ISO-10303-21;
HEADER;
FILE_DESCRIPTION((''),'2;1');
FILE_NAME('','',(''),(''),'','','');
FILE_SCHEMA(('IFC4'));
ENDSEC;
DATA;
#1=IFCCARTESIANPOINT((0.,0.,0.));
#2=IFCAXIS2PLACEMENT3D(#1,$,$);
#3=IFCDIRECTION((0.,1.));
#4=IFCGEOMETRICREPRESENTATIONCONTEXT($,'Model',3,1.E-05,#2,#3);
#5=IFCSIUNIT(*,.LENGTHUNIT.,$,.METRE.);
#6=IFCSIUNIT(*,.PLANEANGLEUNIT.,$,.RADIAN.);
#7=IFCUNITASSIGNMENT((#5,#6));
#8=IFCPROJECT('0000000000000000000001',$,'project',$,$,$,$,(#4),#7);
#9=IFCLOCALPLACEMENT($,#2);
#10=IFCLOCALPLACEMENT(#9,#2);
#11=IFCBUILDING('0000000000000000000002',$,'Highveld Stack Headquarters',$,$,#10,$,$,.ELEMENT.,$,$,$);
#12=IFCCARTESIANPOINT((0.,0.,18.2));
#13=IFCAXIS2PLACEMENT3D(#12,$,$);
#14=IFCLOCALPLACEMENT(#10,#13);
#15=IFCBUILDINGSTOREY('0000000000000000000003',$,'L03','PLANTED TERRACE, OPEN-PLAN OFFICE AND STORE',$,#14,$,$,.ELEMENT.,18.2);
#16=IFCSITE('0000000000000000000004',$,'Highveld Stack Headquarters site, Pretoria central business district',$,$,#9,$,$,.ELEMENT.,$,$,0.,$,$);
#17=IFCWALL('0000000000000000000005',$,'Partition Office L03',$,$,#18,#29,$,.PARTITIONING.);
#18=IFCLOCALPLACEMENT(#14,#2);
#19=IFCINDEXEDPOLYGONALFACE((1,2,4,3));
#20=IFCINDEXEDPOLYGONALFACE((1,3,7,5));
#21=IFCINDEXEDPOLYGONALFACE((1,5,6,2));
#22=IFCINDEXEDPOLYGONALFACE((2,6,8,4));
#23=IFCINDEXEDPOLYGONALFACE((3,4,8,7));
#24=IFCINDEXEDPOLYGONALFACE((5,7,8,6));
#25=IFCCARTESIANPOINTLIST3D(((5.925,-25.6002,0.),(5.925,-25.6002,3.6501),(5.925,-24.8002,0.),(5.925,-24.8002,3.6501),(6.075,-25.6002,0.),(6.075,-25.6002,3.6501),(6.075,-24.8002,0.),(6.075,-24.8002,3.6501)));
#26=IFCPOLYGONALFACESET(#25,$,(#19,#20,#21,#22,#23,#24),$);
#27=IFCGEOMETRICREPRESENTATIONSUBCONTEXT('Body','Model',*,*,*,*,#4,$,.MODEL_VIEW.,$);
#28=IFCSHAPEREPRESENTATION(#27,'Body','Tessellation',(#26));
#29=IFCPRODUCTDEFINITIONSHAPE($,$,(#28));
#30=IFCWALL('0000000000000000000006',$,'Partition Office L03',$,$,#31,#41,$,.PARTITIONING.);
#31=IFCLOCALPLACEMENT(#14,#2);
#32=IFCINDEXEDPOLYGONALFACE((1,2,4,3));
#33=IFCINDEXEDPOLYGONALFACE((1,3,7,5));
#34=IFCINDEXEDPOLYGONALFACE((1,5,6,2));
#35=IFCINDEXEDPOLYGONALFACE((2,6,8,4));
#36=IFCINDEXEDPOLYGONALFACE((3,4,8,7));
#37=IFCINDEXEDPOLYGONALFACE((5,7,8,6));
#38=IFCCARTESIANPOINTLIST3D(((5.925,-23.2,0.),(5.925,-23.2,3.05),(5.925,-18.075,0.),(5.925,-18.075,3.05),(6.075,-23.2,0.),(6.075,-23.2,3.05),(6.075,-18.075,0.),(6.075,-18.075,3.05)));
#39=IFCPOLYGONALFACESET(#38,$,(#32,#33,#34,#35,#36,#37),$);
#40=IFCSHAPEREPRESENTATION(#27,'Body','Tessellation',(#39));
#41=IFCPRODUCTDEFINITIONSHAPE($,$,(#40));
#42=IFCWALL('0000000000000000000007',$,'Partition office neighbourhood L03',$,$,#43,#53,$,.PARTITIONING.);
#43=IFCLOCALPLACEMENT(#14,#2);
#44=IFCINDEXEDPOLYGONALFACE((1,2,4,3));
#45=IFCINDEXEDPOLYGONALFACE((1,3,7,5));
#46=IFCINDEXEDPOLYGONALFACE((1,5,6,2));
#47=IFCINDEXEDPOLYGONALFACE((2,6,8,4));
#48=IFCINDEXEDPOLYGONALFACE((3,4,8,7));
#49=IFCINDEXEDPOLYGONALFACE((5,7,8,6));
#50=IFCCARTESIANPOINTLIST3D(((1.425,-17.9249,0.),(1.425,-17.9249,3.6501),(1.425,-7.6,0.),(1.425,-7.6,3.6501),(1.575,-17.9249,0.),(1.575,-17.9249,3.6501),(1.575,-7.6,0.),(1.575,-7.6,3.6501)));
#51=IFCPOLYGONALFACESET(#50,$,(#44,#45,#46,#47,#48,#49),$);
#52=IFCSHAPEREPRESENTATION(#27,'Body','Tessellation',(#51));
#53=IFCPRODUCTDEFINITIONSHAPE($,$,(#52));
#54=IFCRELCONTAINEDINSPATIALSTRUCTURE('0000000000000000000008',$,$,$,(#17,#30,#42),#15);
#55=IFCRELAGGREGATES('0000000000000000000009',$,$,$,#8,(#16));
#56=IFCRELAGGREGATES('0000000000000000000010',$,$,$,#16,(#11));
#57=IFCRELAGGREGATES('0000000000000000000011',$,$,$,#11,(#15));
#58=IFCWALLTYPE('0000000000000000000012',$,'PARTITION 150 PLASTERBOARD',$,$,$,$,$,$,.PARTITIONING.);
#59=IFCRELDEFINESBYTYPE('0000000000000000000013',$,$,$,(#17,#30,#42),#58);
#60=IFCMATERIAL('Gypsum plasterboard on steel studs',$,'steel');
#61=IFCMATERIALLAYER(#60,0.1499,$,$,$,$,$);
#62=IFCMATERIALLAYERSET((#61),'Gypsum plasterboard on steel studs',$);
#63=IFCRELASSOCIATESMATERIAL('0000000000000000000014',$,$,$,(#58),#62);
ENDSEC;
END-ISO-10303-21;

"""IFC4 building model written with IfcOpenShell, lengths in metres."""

from ifc_helpers import new_model, si_unit, direction, frame, frame_2d, origin, place, context, subcontext, project, spatial, rectangle, extrude, material, layer, layer_set, type_object, element, save


model = new_model("IFC4")

# Units and contexts
model_context = context("Model", 3, precision=1e-05, world=origin(), true_north=direction((0.0, 1.0)))
body_context = subcontext(model_context, "Body", "Model", "MODEL_VIEW")
ifc_project = project(units=[si_unit("LENGTHUNIT", "METRE"), si_unit("PLANEANGLEUNIT", "RADIAN")], contexts=[model_context])

# Site, building, storey
site_placement = place(None, origin())
site = spatial("IfcSite", under=ifc_project, at=site_placement, Name="Highveld Stack Headquarters site, Pretoria central business district", CompositionType="ELEMENT", RefElevation=0.0)
building_placement = place(site_placement, origin())
building = spatial("IfcBuilding", under=site, at=building_placement, Name="Highveld Stack Headquarters", CompositionType="ELEMENT")
storey_placement = place(building_placement, frame((0.0, 0.0, 18.2)))
storey = spatial("IfcBuildingStorey", under=building, at=storey_placement, Name="L03", Description="PLANTED TERRACE, OPEN-PLAN OFFICE AND STORE", CompositionType="ELEMENT", Elevation=18.2)

# Shared definitions
ifc_material_1 = material(Name="Gypsum plasterboard on steel studs", Category="steel")
ifc_layer_1 = layer(ifc_material_1, 0.1499)
ifc_layer_set_1 = layer_set([ifc_layer_1], Name="Gypsum plasterboard on steel studs")
wall_type = type_object("IfcWallType", Name="PARTITION 150 PLASTERBOARD", PredefinedType="PARTITIONING", material=ifc_layer_set_1)

# Walls
wall_1_placement = place(storey_placement, frame((6.0, -25.6001, 0.0), z_axis=(0.0, 0.0, 1.0), x_axis=(0.0, 1.0, 0.0)))
element("IfcWall", 1, at=wall_1_placement, inside=storey, type_object=wall_type, Name="Partition Office L03", PredefinedType="PARTITIONING", context=body_context, shape_type="SweptSolid", body=[
    extrude(rectangle(XDim=0.8, YDim=0.1499, at=frame_2d((0.3999, 0.0))), origin(), (0.0, 0.0, 1.0), 3.6501),
])
wall_2_placement = place(storey_placement, frame((6.0, -23.2, 0.0), z_axis=(0.0, 0.0, 1.0), x_axis=(0.0, 1.0, 0.0)))
element("IfcWall", 2, at=wall_2_placement, inside=storey, type_object=wall_type, Name="Partition Office L03", PredefinedType="PARTITIONING", context=body_context, shape_type="SweptSolid", body=[
    extrude(rectangle(XDim=5.125, YDim=0.1499, at=frame_2d((2.5625, 0.0))), origin(), (0.0, 0.0, 1.0), 3.05),
])
wall_3_placement = place(storey_placement, frame((1.5, -17.925, 0.0), z_axis=(0.0, 0.0, 1.0), x_axis=(0.0, 1.0, 0.0)))
element("IfcWall", 3, at=wall_3_placement, inside=storey, type_object=wall_type, Name="Partition office neighbourhood L03", PredefinedType="PARTITIONING", context=body_context, shape_type="SweptSolid", body=[
    extrude(rectangle(XDim=10.325, YDim=0.1499, at=frame_2d((5.1626, 0.0))), origin(), (0.0, 0.0, 1.0), 3.6501),
])

save(model, "model.ifc")
